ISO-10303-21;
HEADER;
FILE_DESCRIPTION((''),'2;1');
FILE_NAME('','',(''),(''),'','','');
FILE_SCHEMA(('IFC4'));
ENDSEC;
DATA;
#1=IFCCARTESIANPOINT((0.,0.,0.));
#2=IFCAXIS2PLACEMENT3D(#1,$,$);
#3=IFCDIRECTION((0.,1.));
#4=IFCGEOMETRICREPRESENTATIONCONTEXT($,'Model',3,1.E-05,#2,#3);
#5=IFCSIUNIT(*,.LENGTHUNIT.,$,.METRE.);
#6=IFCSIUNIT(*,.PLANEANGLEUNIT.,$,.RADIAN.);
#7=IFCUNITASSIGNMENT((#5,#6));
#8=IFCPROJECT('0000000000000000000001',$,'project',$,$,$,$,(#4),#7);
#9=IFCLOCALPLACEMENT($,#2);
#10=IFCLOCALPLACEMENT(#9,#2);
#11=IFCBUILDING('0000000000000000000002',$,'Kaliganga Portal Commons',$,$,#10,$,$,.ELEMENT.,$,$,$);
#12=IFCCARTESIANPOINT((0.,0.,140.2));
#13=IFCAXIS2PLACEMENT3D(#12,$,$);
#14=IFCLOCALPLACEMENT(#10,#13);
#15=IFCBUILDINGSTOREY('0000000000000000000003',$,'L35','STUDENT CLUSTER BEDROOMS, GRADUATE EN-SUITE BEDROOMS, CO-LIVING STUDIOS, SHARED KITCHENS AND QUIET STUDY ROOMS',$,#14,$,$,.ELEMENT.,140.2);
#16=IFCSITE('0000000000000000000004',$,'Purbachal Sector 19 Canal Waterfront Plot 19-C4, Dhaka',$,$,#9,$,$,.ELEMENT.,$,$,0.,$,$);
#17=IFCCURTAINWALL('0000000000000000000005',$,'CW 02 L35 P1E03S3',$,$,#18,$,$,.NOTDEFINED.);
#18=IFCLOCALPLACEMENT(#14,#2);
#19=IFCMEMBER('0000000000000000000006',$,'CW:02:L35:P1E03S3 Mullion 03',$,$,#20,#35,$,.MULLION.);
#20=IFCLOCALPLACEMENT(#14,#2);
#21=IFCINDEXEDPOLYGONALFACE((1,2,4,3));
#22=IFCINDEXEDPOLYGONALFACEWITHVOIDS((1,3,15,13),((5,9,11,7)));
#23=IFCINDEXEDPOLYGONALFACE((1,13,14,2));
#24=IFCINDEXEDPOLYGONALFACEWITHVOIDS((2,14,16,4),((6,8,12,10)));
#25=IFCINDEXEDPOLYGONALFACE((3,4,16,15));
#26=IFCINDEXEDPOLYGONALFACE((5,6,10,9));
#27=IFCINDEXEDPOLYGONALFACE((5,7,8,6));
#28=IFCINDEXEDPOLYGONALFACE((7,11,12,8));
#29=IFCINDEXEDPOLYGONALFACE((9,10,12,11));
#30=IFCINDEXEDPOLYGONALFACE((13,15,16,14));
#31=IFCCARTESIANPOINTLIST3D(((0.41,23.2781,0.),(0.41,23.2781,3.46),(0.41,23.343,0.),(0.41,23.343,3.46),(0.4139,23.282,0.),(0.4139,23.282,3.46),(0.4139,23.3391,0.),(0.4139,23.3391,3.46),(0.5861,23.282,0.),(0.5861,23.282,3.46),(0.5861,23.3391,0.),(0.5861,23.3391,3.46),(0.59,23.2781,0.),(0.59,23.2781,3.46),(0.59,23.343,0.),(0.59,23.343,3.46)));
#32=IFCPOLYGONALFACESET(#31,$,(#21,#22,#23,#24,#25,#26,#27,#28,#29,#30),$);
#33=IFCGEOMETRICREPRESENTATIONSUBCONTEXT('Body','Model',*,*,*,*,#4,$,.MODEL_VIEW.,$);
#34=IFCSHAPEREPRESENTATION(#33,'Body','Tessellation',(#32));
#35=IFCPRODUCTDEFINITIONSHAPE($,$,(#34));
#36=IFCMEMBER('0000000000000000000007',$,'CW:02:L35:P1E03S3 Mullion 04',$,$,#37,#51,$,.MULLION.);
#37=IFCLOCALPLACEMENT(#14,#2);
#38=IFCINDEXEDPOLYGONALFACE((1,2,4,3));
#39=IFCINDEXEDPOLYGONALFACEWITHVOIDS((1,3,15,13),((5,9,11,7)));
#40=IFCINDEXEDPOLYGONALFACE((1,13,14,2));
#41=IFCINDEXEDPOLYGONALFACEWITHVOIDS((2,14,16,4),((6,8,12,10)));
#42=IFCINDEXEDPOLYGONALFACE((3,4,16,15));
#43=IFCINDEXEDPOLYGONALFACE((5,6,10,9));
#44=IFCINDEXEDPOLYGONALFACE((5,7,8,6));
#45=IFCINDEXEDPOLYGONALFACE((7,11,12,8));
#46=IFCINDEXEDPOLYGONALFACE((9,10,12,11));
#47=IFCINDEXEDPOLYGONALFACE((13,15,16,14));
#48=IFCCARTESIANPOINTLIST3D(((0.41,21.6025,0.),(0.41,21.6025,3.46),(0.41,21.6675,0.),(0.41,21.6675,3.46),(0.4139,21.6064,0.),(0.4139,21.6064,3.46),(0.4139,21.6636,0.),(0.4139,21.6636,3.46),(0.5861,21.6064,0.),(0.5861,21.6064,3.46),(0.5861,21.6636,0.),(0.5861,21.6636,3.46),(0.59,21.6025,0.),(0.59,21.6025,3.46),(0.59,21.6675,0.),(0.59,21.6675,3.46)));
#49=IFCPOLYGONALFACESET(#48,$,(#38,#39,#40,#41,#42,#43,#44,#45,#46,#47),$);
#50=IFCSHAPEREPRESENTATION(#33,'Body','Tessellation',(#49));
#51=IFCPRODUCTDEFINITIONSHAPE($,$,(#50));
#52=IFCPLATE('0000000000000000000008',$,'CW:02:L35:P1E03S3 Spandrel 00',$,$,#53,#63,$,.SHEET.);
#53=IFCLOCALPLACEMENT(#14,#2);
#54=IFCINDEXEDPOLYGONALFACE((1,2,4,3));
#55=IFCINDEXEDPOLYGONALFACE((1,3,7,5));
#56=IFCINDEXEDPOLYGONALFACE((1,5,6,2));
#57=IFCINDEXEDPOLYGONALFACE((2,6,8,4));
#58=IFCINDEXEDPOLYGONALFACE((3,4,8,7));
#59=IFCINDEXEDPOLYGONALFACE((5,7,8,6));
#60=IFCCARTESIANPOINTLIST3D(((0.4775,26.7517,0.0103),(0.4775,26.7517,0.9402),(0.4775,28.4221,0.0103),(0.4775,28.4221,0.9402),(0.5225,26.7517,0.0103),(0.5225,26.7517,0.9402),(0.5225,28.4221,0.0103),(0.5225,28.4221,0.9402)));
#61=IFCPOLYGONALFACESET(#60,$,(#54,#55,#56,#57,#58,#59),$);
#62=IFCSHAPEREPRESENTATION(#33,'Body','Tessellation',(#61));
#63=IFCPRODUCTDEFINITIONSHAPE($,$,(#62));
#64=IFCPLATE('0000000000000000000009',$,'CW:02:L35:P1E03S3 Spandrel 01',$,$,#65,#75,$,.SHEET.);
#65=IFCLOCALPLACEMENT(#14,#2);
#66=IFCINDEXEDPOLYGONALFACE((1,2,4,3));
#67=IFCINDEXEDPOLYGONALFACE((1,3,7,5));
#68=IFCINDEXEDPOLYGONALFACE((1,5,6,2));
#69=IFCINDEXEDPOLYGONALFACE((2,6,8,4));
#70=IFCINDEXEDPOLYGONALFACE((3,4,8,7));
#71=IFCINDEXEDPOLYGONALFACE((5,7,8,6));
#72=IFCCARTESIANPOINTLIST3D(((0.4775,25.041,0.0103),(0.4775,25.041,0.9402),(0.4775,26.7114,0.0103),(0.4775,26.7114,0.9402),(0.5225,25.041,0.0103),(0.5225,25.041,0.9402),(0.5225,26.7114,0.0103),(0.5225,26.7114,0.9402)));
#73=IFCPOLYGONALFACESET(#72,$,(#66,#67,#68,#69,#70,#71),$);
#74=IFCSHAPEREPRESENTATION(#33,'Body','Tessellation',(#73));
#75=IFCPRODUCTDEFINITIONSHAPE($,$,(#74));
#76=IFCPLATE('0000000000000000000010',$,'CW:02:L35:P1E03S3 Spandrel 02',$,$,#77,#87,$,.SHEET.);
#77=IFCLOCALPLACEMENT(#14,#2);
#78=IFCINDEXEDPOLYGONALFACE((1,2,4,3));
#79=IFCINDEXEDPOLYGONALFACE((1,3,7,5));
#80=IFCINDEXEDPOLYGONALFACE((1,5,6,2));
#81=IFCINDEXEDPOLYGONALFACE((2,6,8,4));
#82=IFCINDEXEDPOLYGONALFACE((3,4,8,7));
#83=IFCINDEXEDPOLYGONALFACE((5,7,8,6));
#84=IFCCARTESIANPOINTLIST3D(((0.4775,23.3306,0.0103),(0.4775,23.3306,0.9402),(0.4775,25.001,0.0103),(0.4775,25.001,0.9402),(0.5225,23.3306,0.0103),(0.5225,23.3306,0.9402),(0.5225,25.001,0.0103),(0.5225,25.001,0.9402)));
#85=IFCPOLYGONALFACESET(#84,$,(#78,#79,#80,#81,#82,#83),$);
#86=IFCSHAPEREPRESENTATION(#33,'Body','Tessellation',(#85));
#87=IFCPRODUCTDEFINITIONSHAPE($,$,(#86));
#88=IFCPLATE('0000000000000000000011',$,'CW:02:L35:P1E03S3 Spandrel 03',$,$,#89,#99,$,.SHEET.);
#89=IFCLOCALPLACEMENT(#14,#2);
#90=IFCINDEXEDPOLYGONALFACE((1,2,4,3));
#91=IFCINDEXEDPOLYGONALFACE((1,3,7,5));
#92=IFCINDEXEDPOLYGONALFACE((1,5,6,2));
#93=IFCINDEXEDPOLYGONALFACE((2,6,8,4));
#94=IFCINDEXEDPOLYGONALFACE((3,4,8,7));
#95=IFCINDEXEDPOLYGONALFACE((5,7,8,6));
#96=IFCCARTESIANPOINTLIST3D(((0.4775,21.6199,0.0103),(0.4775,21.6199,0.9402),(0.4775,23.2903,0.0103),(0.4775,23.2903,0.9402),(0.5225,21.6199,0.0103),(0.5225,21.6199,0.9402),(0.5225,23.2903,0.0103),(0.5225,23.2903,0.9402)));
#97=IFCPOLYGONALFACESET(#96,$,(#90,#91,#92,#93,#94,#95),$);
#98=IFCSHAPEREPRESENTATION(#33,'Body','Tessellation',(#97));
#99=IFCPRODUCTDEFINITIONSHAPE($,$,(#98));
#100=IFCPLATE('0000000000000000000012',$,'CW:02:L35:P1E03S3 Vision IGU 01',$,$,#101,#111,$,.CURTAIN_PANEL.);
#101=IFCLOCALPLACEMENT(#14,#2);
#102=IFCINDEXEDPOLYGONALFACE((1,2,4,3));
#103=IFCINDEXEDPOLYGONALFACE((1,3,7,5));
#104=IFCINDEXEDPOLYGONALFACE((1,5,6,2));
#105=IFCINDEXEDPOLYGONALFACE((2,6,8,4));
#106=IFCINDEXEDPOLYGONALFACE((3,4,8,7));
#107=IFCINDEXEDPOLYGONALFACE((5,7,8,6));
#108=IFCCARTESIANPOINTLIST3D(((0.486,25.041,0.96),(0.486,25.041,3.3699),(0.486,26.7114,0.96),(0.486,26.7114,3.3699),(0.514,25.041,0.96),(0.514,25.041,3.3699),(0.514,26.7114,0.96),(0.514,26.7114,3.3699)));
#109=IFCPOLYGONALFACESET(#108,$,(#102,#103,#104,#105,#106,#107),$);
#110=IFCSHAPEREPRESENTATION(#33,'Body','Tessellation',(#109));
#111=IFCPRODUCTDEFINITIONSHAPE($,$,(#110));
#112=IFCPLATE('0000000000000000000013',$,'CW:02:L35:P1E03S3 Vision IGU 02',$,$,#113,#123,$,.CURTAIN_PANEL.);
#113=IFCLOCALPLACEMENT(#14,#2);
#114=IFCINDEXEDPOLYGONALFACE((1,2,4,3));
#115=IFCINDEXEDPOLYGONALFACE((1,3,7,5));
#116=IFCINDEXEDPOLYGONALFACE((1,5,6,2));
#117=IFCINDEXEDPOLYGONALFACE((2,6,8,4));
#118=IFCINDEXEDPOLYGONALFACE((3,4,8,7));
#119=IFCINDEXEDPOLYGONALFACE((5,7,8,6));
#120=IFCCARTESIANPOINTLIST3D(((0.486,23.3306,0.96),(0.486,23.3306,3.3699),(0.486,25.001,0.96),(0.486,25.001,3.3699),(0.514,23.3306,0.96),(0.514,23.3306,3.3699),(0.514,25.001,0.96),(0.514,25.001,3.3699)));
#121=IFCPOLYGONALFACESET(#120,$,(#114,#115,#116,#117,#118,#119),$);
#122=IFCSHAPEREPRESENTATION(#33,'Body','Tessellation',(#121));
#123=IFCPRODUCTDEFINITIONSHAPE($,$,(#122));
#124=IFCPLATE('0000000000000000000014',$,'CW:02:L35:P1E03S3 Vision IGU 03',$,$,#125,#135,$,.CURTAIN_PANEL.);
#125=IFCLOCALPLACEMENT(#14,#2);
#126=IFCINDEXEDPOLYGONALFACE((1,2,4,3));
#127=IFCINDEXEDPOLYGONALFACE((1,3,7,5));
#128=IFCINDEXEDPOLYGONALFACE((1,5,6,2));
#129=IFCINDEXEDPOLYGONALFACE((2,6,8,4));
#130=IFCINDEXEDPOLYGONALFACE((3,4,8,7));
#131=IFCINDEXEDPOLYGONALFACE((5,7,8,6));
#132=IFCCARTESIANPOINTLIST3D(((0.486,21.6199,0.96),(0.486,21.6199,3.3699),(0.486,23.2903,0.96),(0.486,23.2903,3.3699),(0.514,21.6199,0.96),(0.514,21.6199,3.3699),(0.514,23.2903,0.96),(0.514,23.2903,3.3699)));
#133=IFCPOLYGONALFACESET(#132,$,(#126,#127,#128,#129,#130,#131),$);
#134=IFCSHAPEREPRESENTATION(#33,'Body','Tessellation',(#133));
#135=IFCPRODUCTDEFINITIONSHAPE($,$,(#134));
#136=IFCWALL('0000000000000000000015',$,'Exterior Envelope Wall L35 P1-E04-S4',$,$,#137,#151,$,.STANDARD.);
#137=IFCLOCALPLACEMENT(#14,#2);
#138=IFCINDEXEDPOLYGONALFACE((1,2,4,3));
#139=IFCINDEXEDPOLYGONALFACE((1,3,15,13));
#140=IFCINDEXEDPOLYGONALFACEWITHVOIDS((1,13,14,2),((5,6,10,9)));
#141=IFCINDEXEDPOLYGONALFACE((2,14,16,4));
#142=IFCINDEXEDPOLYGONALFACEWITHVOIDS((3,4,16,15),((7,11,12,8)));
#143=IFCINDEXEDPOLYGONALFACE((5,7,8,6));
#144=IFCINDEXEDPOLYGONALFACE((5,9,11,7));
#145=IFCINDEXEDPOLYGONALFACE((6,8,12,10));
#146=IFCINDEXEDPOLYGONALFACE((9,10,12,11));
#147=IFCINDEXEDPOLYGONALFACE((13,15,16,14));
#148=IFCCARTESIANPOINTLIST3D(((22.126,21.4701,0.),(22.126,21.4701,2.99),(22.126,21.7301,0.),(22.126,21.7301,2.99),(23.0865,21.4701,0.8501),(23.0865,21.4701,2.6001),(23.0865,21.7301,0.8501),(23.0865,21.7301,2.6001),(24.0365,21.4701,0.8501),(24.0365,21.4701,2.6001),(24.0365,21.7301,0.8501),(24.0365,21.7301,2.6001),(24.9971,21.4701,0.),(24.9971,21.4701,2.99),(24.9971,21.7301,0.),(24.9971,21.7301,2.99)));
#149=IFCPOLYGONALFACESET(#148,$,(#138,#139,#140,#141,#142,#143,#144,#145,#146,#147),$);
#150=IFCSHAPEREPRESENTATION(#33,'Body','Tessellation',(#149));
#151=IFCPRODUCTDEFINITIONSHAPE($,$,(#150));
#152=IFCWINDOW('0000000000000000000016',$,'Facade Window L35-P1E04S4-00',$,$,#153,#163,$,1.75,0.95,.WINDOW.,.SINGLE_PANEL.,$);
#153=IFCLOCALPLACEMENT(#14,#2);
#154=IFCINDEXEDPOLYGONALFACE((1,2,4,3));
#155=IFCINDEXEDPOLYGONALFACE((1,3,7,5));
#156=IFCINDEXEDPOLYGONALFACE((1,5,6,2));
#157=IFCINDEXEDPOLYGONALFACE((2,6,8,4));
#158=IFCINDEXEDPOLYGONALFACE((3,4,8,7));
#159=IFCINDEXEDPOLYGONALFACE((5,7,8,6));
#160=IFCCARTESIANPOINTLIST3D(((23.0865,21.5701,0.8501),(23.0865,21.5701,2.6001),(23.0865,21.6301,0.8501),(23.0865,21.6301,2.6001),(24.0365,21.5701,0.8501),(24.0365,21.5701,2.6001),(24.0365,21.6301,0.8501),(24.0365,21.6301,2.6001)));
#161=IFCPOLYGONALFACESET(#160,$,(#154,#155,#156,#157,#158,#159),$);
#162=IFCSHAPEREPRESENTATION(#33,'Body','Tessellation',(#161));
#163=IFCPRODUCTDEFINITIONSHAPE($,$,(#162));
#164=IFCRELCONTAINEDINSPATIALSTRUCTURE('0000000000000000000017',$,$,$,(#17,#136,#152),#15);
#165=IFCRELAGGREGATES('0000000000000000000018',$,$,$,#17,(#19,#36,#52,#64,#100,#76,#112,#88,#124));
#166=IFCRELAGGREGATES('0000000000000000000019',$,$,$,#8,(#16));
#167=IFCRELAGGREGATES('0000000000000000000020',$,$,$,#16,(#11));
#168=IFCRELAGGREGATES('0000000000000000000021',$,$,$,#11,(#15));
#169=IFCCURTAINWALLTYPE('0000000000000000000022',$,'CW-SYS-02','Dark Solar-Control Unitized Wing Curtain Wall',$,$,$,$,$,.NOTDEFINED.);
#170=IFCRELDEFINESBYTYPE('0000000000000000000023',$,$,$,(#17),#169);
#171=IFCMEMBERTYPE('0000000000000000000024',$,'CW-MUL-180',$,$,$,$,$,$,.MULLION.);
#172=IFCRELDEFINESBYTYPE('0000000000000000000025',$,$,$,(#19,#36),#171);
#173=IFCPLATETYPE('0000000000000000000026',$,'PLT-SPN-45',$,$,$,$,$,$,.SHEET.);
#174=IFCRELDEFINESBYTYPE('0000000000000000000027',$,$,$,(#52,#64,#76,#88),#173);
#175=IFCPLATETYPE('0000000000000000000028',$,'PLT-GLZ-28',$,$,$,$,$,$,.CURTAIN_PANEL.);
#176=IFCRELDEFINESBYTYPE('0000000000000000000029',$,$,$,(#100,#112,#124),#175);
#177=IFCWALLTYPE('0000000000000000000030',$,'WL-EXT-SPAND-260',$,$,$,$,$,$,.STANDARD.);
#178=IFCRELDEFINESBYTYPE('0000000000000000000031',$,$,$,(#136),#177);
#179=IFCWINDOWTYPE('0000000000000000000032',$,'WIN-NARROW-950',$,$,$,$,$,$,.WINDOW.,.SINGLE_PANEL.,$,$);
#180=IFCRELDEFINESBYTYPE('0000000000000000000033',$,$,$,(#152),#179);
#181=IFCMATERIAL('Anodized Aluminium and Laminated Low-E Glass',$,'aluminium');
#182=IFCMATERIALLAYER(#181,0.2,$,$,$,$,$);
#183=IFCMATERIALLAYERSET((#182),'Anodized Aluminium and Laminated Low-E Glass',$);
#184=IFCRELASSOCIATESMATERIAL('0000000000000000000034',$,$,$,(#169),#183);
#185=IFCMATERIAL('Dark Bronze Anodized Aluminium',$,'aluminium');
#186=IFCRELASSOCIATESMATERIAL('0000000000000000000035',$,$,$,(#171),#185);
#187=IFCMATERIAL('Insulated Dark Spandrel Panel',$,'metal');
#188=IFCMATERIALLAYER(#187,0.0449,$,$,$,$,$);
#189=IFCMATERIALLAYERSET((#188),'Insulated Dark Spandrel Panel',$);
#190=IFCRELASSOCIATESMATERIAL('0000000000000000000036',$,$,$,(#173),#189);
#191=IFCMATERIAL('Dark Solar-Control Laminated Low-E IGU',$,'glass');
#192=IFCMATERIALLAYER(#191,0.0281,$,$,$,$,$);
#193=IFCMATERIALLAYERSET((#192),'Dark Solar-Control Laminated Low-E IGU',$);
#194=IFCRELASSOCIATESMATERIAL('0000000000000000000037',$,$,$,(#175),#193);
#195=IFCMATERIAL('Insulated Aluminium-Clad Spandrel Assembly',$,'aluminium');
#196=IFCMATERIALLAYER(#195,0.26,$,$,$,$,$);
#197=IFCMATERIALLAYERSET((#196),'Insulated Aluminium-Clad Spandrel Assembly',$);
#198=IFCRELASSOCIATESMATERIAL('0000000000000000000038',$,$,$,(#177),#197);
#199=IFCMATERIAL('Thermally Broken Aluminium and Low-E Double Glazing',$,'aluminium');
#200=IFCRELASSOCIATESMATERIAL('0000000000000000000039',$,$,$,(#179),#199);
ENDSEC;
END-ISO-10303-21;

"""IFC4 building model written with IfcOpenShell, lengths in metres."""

from ifc_helpers import new_model, si_unit, direction, frame, frame_2d, origin, origin_2d, place, context, subcontext, project, spatial, rectangle, hollow_rectangle, extrude, source, transform, mapped, material, layer, layer_set, material_profile, profile_set, type_object, element, fill, aggregate, save


model = new_model("IFC4")

# Units and contexts
model_context = context("Model", 3, precision=1e-05, world=origin(), true_north=direction((0.0, 1.0)))
body_context = subcontext(model_context, "Body", "Model", "MODEL_VIEW")
ifc_project = project(units=[si_unit("LENGTHUNIT", "METRE"), si_unit("PLANEANGLEUNIT", "RADIAN")], contexts=[model_context])

# Site, building, storey
site_placement = place(None, origin())
site = spatial("IfcSite", under=ifc_project, at=site_placement, Name="Purbachal Sector 19 Canal Waterfront Plot 19-C4, Dhaka", CompositionType="ELEMENT", RefElevation=0.0)
building_placement = place(site_placement, origin())
building = spatial("IfcBuilding", under=site, at=building_placement, Name="Kaliganga Portal Commons", CompositionType="ELEMENT")
storey_placement = place(building_placement, frame((0.0, 0.0, 140.2)))
storey = spatial("IfcBuildingStorey", under=building, at=storey_placement, Name="L35", Description="STUDENT CLUSTER BEDROOMS, GRADUATE EN-SUITE BEDROOMS, CO-LIVING STUDIOS, SHARED KITCHENS AND QUIET STUDY ROOMS", CompositionType="ELEMENT", Elevation=140.2)

# Curtain wall, members, plates
ifc_material_1 = material(Name="Anodized Aluminium and Laminated Low-E Glass", Category="aluminium")
ifc_layer_1 = layer(ifc_material_1, 0.2)
ifc_layer_set_1 = layer_set([ifc_layer_1], Name="Anodized Aluminium and Laminated Low-E Glass")
curtain_wall_type = type_object("IfcCurtainWallType", Name="CW-SYS-02", Description="Dark Solar-Control Unitized Wing Curtain Wall", PredefinedType="NOTDEFINED", material=ifc_layer_set_1)
curtain_wall_placement = place(storey_placement, origin())
curtain_wall = element("IfcCurtainWall", 1, at=curtain_wall_placement, inside=storey, type_object=curtain_wall_type, Name="CW 02 L35 P1E03S3", PredefinedType="NOTDEFINED")
ifc_material_2 = material(Name="Dark Bronze Anodized Aluminium", Category="aluminium")
ifc_material_profile_1 = material_profile(ifc_material_2, hollow_rectangle(XDim=0.0649, YDim=0.1799, WallThickness=0.0039, at=origin_2d()), Name="ALU MULL 65x180x4")
ifc_profile_set_1 = profile_set([ifc_material_profile_1], Name="Dark Bronze Anodized Aluminium")
member_type = type_object("IfcMemberType", Name="CW-MUL-180", PredefinedType="MULLION", material=ifc_profile_set_1)
shared_shape_1 = source(origin(), body_context, "Body", "SweptSolid", [
    extrude(hollow_rectangle(XDim=0.0649, YDim=0.1799, WallThickness=0.0039, at=origin_2d()), origin(), (0.0, 0.0, 1.0), 3.46),
])
member_1_placement = place(storey_placement, frame((0.5, 23.3105, 0.0), z_axis=(0.0, 0.0, 1.0), x_axis=(0.0, -1.0, 0.0)))
member_1 = element("IfcMember", 2, at=member_1_placement, type_object=member_type, Name="CW:02:L35:P1E03S3 Mullion 03", PredefinedType="MULLION", context=body_context, shape_type="MappedRepresentation", body=[
    mapped(shared_shape_1, transform((0.0, 0.0, 0.0), x_axis=(1.0, 0.0, 0.0), y_axis=(0.0, 1.0, 0.0), z_axis=(0.0, 0.0, 1.0), scale=1.0)),
])
member_2_placement = place(storey_placement, frame((0.5, 21.635, 0.0), z_axis=(0.0, 0.0, 1.0), x_axis=(0.0, -1.0, 0.0)))
member_2 = element("IfcMember", 3, at=member_2_placement, type_object=member_type, Name="CW:02:L35:P1E03S3 Mullion 04", PredefinedType="MULLION", context=body_context, shape_type="MappedRepresentation", body=[
    mapped(shared_shape_1, transform((0.0, 0.0, 0.0), x_axis=(1.0, 0.0, 0.0), y_axis=(0.0, 1.0, 0.0), z_axis=(0.0, 0.0, 1.0), scale=1.0)),
])
ifc_material_3 = material(Name="Insulated Dark Spandrel Panel", Category="metal")
ifc_layer_2 = layer(ifc_material_3, 0.0449)
ifc_layer_set_2 = layer_set([ifc_layer_2], Name="Insulated Dark Spandrel Panel")
plate_type_1 = type_object("IfcPlateType", Name="PLT-SPN-45", PredefinedType="SHEET", material=ifc_layer_set_2)
shared_shape_2 = source(origin(), body_context, "Body", "SweptSolid", [
    extrude(rectangle(XDim=1.6704, YDim=0.0449, at=origin_2d()), origin(), (0.0, 0.0, 1.0), 0.9299),
])
plate_1_placement = place(storey_placement, frame((0.5, 27.5869, 0.0103), z_axis=(0.0, 0.0, 1.0), x_axis=(0.0, -1.0, 0.0)))
plate_1 = element("IfcPlate", 4, at=plate_1_placement, type_object=plate_type_1, Name="CW:02:L35:P1E03S3 Spandrel 00", PredefinedType="SHEET", context=body_context, shape_type="MappedRepresentation", body=[
    mapped(shared_shape_2, transform((0.0, 0.0, 0.0), x_axis=(1.0, 0.0, 0.0), y_axis=(0.0, 1.0, 0.0), z_axis=(0.0, 0.0, 1.0), scale=1.0)),
])
plate_2_placement = place(storey_placement, frame((0.5, 25.8762, 0.0103), z_axis=(0.0, 0.0, 1.0), x_axis=(0.0, -1.0, 0.0)))
plate_2 = element("IfcPlate", 5, at=plate_2_placement, type_object=plate_type_1, Name="CW:02:L35:P1E03S3 Spandrel 01", PredefinedType="SHEET", context=body_context, shape_type="MappedRepresentation", body=[
    mapped(shared_shape_2, transform((0.0, 0.0, 0.0), x_axis=(1.0, 0.0, 0.0), y_axis=(0.0, 1.0, 0.0), z_axis=(0.0, 0.0, 1.0), scale=1.0)),
])
plate_3_placement = place(storey_placement, frame((0.5, 24.1658, 0.0103), z_axis=(0.0, 0.0, 1.0), x_axis=(0.0, -1.0, 0.0)))
plate_3 = element("IfcPlate", 6, at=plate_3_placement, type_object=plate_type_1, Name="CW:02:L35:P1E03S3 Spandrel 02", PredefinedType="SHEET", context=body_context, shape_type="MappedRepresentation", body=[
    mapped(shared_shape_2, transform((0.0, 0.0, 0.0), x_axis=(1.0, 0.0, 0.0), y_axis=(0.0, 1.0, 0.0), z_axis=(0.0, 0.0, 1.0), scale=1.0)),
])
plate_4_placement = place(storey_placement, frame((0.5, 22.4551, 0.0103), z_axis=(0.0, 0.0, 1.0), x_axis=(0.0, -1.0, 0.0)))
plate_4 = element("IfcPlate", 7, at=plate_4_placement, type_object=plate_type_1, Name="CW:02:L35:P1E03S3 Spandrel 03", PredefinedType="SHEET", context=body_context, shape_type="MappedRepresentation", body=[
    mapped(shared_shape_2, transform((0.0, 0.0, 0.0), x_axis=(1.0, 0.0, 0.0), y_axis=(0.0, 1.0, 0.0), z_axis=(0.0, 0.0, 1.0), scale=1.0)),
])
ifc_material_4 = material(Name="Dark Solar-Control Laminated Low-E IGU", Category="glass")
ifc_layer_3 = layer(ifc_material_4, 0.0281)
ifc_layer_set_3 = layer_set([ifc_layer_3], Name="Dark Solar-Control Laminated Low-E IGU")
plate_type_2 = type_object("IfcPlateType", Name="PLT-GLZ-28", PredefinedType="CURTAIN_PANEL", material=ifc_layer_set_3)
shared_shape_3 = source(origin(), body_context, "Body", "SweptSolid", [
    extrude(rectangle(XDim=1.6704, YDim=0.0281, at=origin_2d()), origin(), (0.0, 0.0, 1.0), 2.4099),
])
plate_5_placement = place(storey_placement, frame((0.5, 25.8762, 0.96), z_axis=(0.0, 0.0, 1.0), x_axis=(0.0, -1.0, 0.0)))
plate_5 = element("IfcPlate", 8, at=plate_5_placement, type_object=plate_type_2, Name="CW:02:L35:P1E03S3 Vision IGU 01", PredefinedType="CURTAIN_PANEL", context=body_context, shape_type="MappedRepresentation", body=[
    mapped(shared_shape_3, transform((0.0, 0.0, 0.0), x_axis=(1.0, 0.0, 0.0), y_axis=(0.0, 1.0, 0.0), z_axis=(0.0, 0.0, 1.0), scale=1.0)),
])
plate_6_placement = place(storey_placement, frame((0.5, 24.1658, 0.96), z_axis=(0.0, 0.0, 1.0), x_axis=(0.0, -1.0, 0.0)))
plate_6 = element("IfcPlate", 9, at=plate_6_placement, type_object=plate_type_2, Name="CW:02:L35:P1E03S3 Vision IGU 02", PredefinedType="CURTAIN_PANEL", context=body_context, shape_type="MappedRepresentation", body=[
    mapped(shared_shape_3, transform((0.0, 0.0, 0.0), x_axis=(1.0, 0.0, 0.0), y_axis=(0.0, 1.0, 0.0), z_axis=(0.0, 0.0, 1.0), scale=1.0)),
])
plate_7_placement = place(storey_placement, frame((0.5, 22.4551, 0.96), z_axis=(0.0, 0.0, 1.0), x_axis=(0.0, -1.0, 0.0)))
plate_7 = element("IfcPlate", 10, at=plate_7_placement, type_object=plate_type_2, Name="CW:02:L35:P1E03S3 Vision IGU 03", PredefinedType="CURTAIN_PANEL", context=body_context, shape_type="MappedRepresentation", body=[
    mapped(shared_shape_3, transform((0.0, 0.0, 0.0), x_axis=(1.0, 0.0, 0.0), y_axis=(0.0, 1.0, 0.0), z_axis=(0.0, 0.0, 1.0), scale=1.0)),
])
aggregate(curtain_wall, [member_1, member_2, plate_1, plate_2, plate_5, plate_3, plate_6, plate_4, plate_7])

# Wall, opening, window
ifc_material_5 = material(Name="Insulated Aluminium-Clad Spandrel Assembly", Category="aluminium")
ifc_layer_4 = layer(ifc_material_5, 0.26)
ifc_layer_set_4 = layer_set([ifc_layer_4], Name="Insulated Aluminium-Clad Spandrel Assembly")
wall_type_1 = type_object("IfcWallType", Name="WL-EXT-SPAND-260", PredefinedType="STANDARD", material=ifc_layer_set_4)
wall_1_placement = place(storey_placement, frame((24.9971, 21.6001, 0.0), z_axis=(0.0, 0.0, 1.0), x_axis=(-1.0, 0.0, 0.0)))
wall_1 = element("IfcWall", 11, at=wall_1_placement, inside=storey, type_object=wall_type_1, Name="Exterior Envelope Wall L35 P1-E04-S4", PredefinedType="STANDARD", context=body_context, shape_type="SweptSolid", body=[
    extrude(rectangle(XDim=2.8711, YDim=0.26, at=frame_2d((1.4355, 0.0))), origin(), (0.0, 0.0, 1.0), 2.99),
])
opening_1_placement = place(wall_1_placement, frame((0.9604, 0.0, 0.8501)))
opening_1 = element("IfcOpeningElement", 12, at=opening_1_placement, cuts=wall_1, PredefinedType="OPENING", context=body_context, shape_type="SweptSolid", body=[
    extrude(rectangle(XDim=0.95, YDim=1.75, at=frame_2d((0.4751, 0.875))), frame((0.0, 0.1401, 0.0), z_axis=(0.0, -1.0, 0.0), x_axis=(1.0, 0.0, 0.0)), (0.0, 0.0, 1.0), 0.28),
])
ifc_material_6 = material(Name="Thermally Broken Aluminium and Low-E Double Glazing", Category="aluminium")
window_type = type_object("IfcWindowType", Name="WIN-NARROW-950", PartitioningType="SINGLE_PANEL", PredefinedType="WINDOW", material=ifc_material_6)
window_placement = place(opening_1_placement, origin())
window = element("IfcWindow", 13, at=window_placement, inside=storey, type_object=window_type, Name="Facade Window L35-P1E04S4-00", OverallHeight=1.75, OverallWidth=0.95, PartitioningType="SINGLE_PANEL", PredefinedType="WINDOW", context=body_context, shape_type="SweptSolid", body=[
    extrude(rectangle(XDim=0.95, YDim=1.75, at=frame_2d((0.4751, 0.875))), frame((0.0, 0.03, 0.0), z_axis=(0.0, -1.0, 0.0), x_axis=(1.0, 0.0, 0.0)), (0.0, 0.0, 1.0), 0.0601),
])
fill(opening_1, window)

save(model, "model.ifc")
